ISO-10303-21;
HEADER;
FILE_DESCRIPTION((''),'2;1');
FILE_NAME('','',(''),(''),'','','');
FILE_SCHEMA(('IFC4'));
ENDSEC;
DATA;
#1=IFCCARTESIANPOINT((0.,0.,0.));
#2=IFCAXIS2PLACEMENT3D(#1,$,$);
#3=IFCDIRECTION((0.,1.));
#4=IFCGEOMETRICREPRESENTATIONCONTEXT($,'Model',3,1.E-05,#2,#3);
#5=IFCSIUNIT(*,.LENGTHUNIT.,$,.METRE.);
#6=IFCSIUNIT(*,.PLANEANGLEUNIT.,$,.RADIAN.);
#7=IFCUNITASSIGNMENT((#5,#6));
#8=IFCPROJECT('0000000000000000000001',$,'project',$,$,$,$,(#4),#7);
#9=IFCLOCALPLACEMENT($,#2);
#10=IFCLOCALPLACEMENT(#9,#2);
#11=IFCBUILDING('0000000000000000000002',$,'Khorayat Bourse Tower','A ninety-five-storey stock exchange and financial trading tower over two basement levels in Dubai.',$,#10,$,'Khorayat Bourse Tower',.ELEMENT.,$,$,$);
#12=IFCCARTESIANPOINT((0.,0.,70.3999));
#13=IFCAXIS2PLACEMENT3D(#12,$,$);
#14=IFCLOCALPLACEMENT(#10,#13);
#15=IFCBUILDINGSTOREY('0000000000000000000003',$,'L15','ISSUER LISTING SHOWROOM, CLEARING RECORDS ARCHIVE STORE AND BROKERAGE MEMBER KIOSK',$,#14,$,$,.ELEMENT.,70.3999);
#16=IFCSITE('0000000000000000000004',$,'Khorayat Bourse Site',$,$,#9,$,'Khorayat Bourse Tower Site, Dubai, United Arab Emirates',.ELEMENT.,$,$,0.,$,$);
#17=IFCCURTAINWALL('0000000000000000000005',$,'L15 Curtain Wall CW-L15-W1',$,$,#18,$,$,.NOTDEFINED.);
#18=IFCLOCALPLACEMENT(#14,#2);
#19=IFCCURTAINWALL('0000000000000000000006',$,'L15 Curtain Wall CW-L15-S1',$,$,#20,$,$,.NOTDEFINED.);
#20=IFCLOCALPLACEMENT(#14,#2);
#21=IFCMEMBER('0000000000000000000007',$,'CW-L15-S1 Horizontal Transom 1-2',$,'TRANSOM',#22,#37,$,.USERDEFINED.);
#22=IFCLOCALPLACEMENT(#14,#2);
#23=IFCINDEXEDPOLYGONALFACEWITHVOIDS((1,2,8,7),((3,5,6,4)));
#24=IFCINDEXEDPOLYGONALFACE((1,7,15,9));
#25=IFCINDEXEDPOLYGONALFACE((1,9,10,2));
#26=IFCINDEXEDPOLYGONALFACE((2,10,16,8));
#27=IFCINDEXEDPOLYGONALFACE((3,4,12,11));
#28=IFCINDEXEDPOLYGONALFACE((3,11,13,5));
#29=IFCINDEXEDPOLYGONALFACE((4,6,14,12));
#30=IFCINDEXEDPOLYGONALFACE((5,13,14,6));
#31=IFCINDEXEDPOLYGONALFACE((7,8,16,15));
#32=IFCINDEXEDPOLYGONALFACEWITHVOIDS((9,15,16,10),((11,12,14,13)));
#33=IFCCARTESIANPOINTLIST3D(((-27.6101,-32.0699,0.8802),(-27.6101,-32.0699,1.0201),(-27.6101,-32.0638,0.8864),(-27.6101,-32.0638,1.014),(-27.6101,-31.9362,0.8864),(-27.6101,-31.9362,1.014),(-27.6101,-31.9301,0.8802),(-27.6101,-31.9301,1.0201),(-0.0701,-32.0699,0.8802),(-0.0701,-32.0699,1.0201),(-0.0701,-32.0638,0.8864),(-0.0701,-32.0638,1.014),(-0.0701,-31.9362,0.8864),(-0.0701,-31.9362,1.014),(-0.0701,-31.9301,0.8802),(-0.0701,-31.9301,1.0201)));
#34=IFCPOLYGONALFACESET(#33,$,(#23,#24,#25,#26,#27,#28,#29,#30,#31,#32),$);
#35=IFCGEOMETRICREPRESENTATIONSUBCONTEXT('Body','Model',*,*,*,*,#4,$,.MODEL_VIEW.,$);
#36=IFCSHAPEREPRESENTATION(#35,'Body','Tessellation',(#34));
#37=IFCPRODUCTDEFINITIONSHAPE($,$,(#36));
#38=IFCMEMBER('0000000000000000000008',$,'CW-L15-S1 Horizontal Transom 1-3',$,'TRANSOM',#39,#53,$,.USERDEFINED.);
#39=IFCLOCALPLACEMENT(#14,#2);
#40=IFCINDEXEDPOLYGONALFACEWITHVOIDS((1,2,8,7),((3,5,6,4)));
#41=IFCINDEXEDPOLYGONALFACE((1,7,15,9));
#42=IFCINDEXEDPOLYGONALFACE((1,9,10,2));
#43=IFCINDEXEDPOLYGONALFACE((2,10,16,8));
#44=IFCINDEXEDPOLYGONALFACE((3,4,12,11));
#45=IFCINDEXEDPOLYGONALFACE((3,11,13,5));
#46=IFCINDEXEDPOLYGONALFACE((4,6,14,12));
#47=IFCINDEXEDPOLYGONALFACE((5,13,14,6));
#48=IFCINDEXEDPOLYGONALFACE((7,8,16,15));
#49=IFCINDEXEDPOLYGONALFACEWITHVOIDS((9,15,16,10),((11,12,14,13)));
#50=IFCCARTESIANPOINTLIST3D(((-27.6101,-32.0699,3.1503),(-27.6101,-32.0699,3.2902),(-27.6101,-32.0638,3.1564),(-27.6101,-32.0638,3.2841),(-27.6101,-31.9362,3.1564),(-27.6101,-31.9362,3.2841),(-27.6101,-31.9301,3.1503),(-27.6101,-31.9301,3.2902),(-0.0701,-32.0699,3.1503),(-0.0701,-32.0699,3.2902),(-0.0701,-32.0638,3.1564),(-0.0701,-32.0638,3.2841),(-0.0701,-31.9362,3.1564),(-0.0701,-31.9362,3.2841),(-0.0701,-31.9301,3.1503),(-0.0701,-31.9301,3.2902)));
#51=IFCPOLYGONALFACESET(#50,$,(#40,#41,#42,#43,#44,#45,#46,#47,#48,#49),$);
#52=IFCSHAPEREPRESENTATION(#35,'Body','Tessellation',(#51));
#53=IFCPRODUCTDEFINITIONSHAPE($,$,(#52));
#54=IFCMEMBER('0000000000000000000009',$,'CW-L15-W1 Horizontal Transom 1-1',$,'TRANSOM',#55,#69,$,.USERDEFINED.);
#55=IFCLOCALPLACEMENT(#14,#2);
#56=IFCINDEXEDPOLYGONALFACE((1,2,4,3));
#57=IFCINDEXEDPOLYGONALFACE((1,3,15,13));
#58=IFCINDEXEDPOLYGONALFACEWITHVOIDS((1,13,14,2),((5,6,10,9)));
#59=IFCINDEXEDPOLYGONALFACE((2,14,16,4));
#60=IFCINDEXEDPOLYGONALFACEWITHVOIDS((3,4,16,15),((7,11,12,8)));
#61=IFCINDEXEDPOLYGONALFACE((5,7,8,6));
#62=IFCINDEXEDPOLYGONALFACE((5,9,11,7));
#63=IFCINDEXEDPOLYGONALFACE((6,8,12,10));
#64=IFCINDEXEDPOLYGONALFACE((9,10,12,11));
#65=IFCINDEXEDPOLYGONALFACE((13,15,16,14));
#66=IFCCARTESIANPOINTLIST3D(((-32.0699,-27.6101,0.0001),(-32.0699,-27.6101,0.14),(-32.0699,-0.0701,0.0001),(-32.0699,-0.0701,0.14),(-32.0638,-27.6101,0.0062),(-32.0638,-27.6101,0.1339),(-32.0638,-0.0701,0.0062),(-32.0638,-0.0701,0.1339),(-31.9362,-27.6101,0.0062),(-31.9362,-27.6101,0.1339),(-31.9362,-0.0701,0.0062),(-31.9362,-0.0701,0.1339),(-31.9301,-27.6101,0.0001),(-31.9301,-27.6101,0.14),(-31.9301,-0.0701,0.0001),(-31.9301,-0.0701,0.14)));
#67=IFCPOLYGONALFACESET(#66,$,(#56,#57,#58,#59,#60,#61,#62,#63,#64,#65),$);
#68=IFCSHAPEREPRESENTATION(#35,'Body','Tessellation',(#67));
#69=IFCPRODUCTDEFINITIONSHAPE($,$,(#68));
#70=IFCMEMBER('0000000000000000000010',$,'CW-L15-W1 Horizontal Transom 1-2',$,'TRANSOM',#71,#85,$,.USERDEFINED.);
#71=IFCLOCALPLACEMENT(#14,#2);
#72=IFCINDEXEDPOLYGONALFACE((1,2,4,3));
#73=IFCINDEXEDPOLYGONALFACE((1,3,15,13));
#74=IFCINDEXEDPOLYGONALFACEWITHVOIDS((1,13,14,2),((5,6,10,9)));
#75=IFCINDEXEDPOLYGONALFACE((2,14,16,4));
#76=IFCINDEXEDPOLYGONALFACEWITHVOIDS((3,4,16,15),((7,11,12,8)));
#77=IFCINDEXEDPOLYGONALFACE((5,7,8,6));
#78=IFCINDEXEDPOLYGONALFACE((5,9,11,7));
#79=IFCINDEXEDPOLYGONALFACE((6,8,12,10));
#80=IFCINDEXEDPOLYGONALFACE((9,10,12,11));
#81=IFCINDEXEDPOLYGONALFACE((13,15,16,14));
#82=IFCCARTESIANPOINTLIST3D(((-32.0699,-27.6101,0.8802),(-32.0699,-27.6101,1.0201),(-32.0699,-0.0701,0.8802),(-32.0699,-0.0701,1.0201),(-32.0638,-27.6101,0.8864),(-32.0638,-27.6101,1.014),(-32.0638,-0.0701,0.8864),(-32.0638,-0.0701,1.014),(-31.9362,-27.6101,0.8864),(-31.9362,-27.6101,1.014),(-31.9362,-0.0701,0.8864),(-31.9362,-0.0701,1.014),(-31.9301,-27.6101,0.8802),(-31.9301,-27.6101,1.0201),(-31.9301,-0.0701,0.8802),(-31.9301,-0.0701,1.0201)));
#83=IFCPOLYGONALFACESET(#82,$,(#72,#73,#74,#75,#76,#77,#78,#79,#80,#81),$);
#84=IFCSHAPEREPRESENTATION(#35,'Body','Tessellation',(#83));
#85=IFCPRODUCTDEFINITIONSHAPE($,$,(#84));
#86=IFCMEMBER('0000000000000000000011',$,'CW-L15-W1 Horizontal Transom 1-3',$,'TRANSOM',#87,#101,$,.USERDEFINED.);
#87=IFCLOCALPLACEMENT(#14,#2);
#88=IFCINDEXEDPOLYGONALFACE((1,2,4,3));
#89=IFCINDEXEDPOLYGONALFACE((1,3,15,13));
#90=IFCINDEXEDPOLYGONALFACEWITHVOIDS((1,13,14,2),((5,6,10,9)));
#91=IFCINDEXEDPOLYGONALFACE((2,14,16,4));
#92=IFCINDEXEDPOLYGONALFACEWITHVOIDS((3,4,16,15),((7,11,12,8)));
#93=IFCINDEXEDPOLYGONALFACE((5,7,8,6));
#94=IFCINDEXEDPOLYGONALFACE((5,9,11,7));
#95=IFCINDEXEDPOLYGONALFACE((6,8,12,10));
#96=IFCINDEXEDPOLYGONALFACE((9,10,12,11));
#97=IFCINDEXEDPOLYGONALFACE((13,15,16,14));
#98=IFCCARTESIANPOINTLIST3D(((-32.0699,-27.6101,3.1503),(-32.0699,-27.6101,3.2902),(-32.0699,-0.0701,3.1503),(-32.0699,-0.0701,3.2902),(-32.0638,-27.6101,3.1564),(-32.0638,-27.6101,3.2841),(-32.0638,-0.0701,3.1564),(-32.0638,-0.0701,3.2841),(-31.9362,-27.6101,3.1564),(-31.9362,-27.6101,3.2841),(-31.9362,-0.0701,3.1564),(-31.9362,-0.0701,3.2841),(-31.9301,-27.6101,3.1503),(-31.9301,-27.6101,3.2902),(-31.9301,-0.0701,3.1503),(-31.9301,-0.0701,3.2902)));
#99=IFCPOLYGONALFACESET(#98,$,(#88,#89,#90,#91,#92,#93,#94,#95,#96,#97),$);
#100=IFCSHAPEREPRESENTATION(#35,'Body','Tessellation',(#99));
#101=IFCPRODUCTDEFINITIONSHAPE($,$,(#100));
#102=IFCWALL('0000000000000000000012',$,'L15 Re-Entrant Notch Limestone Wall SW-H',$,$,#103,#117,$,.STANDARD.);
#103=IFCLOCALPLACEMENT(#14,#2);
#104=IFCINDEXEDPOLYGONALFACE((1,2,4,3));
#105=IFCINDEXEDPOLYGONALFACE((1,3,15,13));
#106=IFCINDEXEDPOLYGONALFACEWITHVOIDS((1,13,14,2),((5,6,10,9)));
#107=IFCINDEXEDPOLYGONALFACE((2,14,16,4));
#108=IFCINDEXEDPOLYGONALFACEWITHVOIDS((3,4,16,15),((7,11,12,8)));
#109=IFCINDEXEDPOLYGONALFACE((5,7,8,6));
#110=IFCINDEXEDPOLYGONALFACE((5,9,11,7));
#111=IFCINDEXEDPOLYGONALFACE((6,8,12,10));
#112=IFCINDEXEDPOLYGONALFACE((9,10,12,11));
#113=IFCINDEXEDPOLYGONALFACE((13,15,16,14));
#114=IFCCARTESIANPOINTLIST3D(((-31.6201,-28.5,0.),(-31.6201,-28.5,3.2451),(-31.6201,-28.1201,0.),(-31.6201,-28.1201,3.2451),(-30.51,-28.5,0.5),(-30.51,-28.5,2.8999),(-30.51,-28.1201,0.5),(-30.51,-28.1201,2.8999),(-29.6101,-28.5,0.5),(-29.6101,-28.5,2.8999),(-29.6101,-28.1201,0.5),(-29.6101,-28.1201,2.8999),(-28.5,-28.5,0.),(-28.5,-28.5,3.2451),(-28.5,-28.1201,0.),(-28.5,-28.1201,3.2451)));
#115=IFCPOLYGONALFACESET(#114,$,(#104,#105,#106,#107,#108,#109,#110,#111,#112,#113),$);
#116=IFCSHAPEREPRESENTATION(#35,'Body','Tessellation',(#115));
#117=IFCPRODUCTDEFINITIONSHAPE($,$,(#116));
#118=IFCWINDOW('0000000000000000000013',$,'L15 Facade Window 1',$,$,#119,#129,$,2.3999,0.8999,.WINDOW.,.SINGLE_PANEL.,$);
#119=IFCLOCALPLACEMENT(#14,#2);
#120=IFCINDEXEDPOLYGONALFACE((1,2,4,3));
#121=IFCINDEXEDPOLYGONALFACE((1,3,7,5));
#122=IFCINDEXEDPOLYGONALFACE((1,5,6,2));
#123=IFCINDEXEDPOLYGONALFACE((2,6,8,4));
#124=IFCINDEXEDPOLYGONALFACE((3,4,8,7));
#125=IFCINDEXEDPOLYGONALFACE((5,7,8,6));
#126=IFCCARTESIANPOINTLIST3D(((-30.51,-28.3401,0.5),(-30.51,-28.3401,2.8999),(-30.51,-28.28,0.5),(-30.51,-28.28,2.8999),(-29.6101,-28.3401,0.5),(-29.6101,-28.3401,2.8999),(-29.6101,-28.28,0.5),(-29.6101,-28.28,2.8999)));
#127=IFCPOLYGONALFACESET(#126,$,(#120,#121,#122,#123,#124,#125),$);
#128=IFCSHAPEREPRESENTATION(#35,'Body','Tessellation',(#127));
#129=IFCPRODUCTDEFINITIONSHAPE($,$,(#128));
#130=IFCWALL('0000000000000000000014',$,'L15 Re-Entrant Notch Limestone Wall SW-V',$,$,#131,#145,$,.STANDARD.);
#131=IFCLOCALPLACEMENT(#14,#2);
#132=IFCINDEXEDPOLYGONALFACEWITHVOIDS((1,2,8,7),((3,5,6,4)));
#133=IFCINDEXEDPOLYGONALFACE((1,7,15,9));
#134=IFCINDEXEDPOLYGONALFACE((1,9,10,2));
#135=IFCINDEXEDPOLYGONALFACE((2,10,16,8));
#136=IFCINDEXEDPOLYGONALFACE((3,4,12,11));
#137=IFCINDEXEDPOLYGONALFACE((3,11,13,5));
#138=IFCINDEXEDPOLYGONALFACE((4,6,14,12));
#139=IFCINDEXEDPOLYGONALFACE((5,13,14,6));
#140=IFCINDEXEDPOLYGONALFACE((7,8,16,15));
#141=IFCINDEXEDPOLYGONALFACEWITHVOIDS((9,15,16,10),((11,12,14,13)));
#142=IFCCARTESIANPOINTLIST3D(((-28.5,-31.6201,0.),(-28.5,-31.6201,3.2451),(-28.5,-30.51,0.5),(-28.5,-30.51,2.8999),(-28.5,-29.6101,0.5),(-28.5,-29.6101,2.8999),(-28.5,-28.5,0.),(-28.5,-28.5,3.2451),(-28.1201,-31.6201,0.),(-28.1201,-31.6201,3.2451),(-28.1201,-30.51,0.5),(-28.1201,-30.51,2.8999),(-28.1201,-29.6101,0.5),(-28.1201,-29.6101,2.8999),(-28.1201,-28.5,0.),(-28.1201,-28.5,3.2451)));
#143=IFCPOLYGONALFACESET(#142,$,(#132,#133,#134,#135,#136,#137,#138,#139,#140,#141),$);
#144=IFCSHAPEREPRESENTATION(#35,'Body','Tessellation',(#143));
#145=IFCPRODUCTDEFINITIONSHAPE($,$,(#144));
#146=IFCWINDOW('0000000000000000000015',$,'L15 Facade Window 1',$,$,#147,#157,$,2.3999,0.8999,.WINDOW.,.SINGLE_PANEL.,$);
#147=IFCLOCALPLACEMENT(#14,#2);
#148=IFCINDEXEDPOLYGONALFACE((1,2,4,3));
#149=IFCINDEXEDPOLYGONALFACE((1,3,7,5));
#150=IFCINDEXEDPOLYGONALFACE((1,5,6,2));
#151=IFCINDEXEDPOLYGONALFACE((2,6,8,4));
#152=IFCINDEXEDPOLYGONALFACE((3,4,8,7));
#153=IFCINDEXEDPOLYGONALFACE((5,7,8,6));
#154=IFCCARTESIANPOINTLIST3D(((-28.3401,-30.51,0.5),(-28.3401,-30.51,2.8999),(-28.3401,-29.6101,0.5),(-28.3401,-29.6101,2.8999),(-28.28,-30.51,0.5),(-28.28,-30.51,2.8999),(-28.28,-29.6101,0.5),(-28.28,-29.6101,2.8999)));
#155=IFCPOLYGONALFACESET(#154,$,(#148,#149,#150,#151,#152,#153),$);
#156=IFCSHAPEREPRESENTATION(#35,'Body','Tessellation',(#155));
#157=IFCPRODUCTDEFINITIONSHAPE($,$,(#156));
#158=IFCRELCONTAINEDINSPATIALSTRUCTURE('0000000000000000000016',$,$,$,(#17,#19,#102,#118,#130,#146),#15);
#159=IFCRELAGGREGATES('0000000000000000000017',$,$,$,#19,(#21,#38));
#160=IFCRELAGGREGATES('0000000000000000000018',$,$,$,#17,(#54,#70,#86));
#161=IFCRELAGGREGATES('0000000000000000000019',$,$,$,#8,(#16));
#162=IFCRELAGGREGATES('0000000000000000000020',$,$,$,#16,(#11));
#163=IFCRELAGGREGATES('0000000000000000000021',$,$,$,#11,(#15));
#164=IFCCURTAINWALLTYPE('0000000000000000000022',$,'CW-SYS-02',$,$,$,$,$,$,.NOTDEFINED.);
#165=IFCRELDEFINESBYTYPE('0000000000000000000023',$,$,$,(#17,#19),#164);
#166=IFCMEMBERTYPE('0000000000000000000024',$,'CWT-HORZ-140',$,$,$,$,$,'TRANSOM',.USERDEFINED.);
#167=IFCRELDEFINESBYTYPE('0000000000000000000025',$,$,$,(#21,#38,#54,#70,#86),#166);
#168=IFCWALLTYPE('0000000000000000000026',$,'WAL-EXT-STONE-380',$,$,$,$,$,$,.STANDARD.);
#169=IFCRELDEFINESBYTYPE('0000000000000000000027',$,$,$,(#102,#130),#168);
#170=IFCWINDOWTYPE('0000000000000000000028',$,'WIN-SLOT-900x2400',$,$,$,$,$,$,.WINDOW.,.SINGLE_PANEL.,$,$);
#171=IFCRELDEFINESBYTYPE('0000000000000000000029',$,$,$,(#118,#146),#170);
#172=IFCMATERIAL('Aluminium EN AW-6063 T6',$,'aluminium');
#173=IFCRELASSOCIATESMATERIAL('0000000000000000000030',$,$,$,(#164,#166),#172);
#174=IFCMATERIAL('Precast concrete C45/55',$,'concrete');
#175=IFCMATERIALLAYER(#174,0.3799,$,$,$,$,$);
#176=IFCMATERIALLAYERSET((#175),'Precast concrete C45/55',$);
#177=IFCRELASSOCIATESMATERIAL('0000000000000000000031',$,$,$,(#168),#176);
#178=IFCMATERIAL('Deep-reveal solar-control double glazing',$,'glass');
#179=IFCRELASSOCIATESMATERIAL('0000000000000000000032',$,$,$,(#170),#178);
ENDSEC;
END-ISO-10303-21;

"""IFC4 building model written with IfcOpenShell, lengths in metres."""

from ifc_helpers import new_model, si_unit, direction, frame, frame_2d, origin, origin_2d, place, context, subcontext, project, spatial, rectangle, hollow_rectangle, extrude, source, transform, mapped, material, layer, layer_set, material_profile, profile_set, type_object, element, fill, aggregate, save


model = new_model("IFC4")

# Units and contexts
model_context = context("Model", 3, precision=1e-05, world=origin(), true_north=direction((0.0, 1.0)))
body_context = subcontext(model_context, "Body", "Model", "MODEL_VIEW")
ifc_project = project(units=[si_unit("LENGTHUNIT", "METRE"), si_unit("PLANEANGLEUNIT", "RADIAN")], contexts=[model_context])

# Site, building, storey
site_placement = place(None, origin())
site = spatial("IfcSite", under=ifc_project, at=site_placement, Name="Khorayat Bourse Site", LongName="Khorayat Bourse Tower Site, Dubai, United Arab Emirates", CompositionType="ELEMENT", RefElevation=0.0)
building_placement = place(site_placement, origin())
building = spatial("IfcBuilding", under=site, at=building_placement, Name="Khorayat Bourse Tower", Description="A ninety-five-storey stock exchange and financial trading tower over two basement levels in Dubai.", LongName="Khorayat Bourse Tower", CompositionType="ELEMENT")
storey_placement = place(building_placement, frame((0.0, 0.0, 70.3999)))
storey = spatial("IfcBuildingStorey", under=building, at=storey_placement, Name="L15", Description="ISSUER LISTING SHOWROOM, CLEARING RECORDS ARCHIVE STORE AND BROKERAGE MEMBER KIOSK", CompositionType="ELEMENT", Elevation=70.3999)

# Curtain walls
ifc_material_1 = material(Name="Aluminium EN AW-6063 T6", Category="aluminium")
curtain_wall_type = type_object("IfcCurtainWallType", Name="CW-SYS-02", PredefinedType="NOTDEFINED", material=ifc_material_1)
curtain_wall_1_placement = place(storey_placement, origin())
curtain_wall_1 = element("IfcCurtainWall", 1, at=curtain_wall_1_placement, inside=storey, type_object=curtain_wall_type, Name="L15 Curtain Wall CW-L15-W1", PredefinedType="NOTDEFINED")
curtain_wall_2_placement = place(storey_placement, origin())
curtain_wall_2 = element("IfcCurtainWall", 2, at=curtain_wall_2_placement, inside=storey, type_object=curtain_wall_type, Name="L15 Curtain Wall CW-L15-S1", PredefinedType="NOTDEFINED")

# Members
ifc_material_profile_1 = material_profile(ifc_material_1, hollow_rectangle(XDim=0.1399, YDim=0.1399, WallThickness=0.0061, at=origin_2d()), Name="ALU 140x140x6")
ifc_profile_set_1 = profile_set([ifc_material_profile_1], Name="Aluminium EN AW-6063 T6")
member_type_1 = type_object("IfcMemberType", Name="CWT-HORZ-140", ElementType="TRANSOM", PredefinedType="USERDEFINED", material=ifc_profile_set_1)
shared_shape_1 = source(origin(), body_context, "Body", "SweptSolid", [
    extrude(hollow_rectangle(XDim=0.1399, YDim=0.1399, WallThickness=0.0061, at=origin_2d()), origin(), (0.0, 0.0, 1.0), 27.54),
])
member_1_placement = place(storey_placement, frame((-27.6101, -32.0, 0.9502), z_axis=(1.0, 0.0, 0.0), x_axis=(0.0, 1.0, 0.0)))
member_1 = element("IfcMember", 3, at=member_1_placement, type_object=member_type_1, Name="CW-L15-S1 Horizontal Transom 1-2", ObjectType="TRANSOM", PredefinedType="USERDEFINED", context=body_context, shape_type="MappedRepresentation", body=[
    mapped(shared_shape_1, transform((0.0, 0.0, 0.0), scale=1.0)),
])
member_2_placement = place(storey_placement, frame((-27.6101, -32.0, 3.2202), z_axis=(1.0, 0.0, 0.0), x_axis=(0.0, 1.0, 0.0)))
member_2 = element("IfcMember", 4, at=member_2_placement, type_object=member_type_1, Name="CW-L15-S1 Horizontal Transom 1-3", ObjectType="TRANSOM", PredefinedType="USERDEFINED", context=body_context, shape_type="MappedRepresentation", body=[
    mapped(shared_shape_1, transform((0.0, 0.0, 0.0), scale=1.0)),
])
aggregate(curtain_wall_2, [member_1, member_2])
member_3_placement = place(storey_placement, frame((-32.0, -27.6101, 0.0701), z_axis=(0.0, 1.0, 0.0), x_axis=(-1.0, 0.0, 0.0)))
member_3 = element("IfcMember", 5, at=member_3_placement, type_object=member_type_1, Name="CW-L15-W1 Horizontal Transom 1-1", ObjectType="TRANSOM", PredefinedType="USERDEFINED", context=body_context, shape_type="MappedRepresentation", body=[
    mapped(shared_shape_1, transform((0.0, 0.0, 0.0), scale=1.0)),
])
member_4_placement = place(storey_placement, frame((-32.0, -27.6101, 0.9502), z_axis=(0.0, 1.0, 0.0), x_axis=(-1.0, 0.0, 0.0)))
member_4 = element("IfcMember", 6, at=member_4_placement, type_object=member_type_1, Name="CW-L15-W1 Horizontal Transom 1-2", ObjectType="TRANSOM", PredefinedType="USERDEFINED", context=body_context, shape_type="MappedRepresentation", body=[
    mapped(shared_shape_1, transform((0.0, 0.0, 0.0), scale=1.0)),
])
member_5_placement = place(storey_placement, frame((-32.0, -27.6101, 3.2202), z_axis=(0.0, 1.0, 0.0), x_axis=(-1.0, 0.0, 0.0)))
member_5 = element("IfcMember", 7, at=member_5_placement, type_object=member_type_1, Name="CW-L15-W1 Horizontal Transom 1-3", ObjectType="TRANSOM", PredefinedType="USERDEFINED", context=body_context, shape_type="MappedRepresentation", body=[
    mapped(shared_shape_1, transform((0.0, 0.0, 0.0), scale=1.0)),
])
aggregate(curtain_wall_1, [member_3, member_4, member_5])

# Walls, openings, windows
ifc_material_2 = material(Name="Precast concrete C45/55", Category="concrete")
ifc_layer_1 = layer(ifc_material_2, 0.3799)
ifc_layer_set_1 = layer_set([ifc_layer_1], Name="Precast concrete C45/55")
wall_type_1 = type_object("IfcWallType", Name="WAL-EXT-STONE-380", PredefinedType="STANDARD", material=ifc_layer_set_1)
shared_shape_2 = source(origin(), body_context, "Body", "SweptSolid", [
    extrude(rectangle(XDim=3.1201, YDim=0.3799, at=frame_2d((1.5601, 0.0))), origin(), (0.0, 0.0, 1.0), 3.2451),
])
wall_1_placement = place(storey_placement, frame((-28.5, -28.3101, 0.0), z_axis=(0.0, 0.0, 1.0), x_axis=(-1.0, 0.0, 0.0)))
wall_1 = element("IfcWall", 8, at=wall_1_placement, inside=storey, type_object=wall_type_1, Name="L15 Re-Entrant Notch Limestone Wall SW-H", PredefinedType="STANDARD", context=body_context, shape_type="MappedRepresentation", body=[
    mapped(shared_shape_2, transform((0.0, 0.0, 0.0), scale=1.0)),
])
shared_shape_3 = source(origin(), body_context, "Body", "SweptSolid", [
    extrude(rectangle(XDim=0.8999, YDim=2.3999, at=frame_2d((0.45, 1.2))), frame((0.0, 0.2, 0.0), z_axis=(0.0, -1.0, 0.0), x_axis=(1.0, 0.0, 0.0)), (0.0, 0.0, 1.0), 0.3999),
])
opening_1_placement = place(wall_1_placement, frame((1.1101, 0.0, 0.5)))
opening_1 = element("IfcOpeningElement", 9, at=opening_1_placement, cuts=wall_1, PredefinedType="OPENING", context=body_context, shape_type="MappedRepresentation", body=[
    mapped(shared_shape_3, transform((0.0, 0.0, 0.0), scale=1.0)),
])
ifc_material_3 = material(Name="Deep-reveal solar-control double glazing", Category="glass")
window_type = type_object("IfcWindowType", Name="WIN-SLOT-900x2400", PartitioningType="SINGLE_PANEL", PredefinedType="WINDOW", material=ifc_material_3)
shared_shape_4 = source(origin(), body_context, "Body", "SweptSolid", [
    extrude(rectangle(XDim=0.8999, YDim=2.3999, at=frame_2d((0.45, 1.2))), frame((0.0, 0.03, 0.0), z_axis=(0.0, -1.0, 0.0), x_axis=(1.0, 0.0, 0.0)), (0.0, 0.0, 1.0), 0.0601),
])
window_1_placement = place(opening_1_placement, origin())
window_1 = element("IfcWindow", 10, at=window_1_placement, inside=storey, type_object=window_type, Name="L15 Facade Window 1", OverallHeight=2.3999, OverallWidth=0.8999, PartitioningType="SINGLE_PANEL", PredefinedType="WINDOW", context=body_context, shape_type="MappedRepresentation", body=[
    mapped(shared_shape_4, transform((0.0, 0.0, 0.0), scale=1.0)),
])
fill(opening_1, window_1)
wall_2_placement = place(storey_placement, frame((-28.3101, -31.6201, 0.0), z_axis=(0.0, 0.0, 1.0), x_axis=(0.0, 1.0, 0.0)))
wall_2 = element("IfcWall", 11, at=wall_2_placement, inside=storey, type_object=wall_type_1, Name="L15 Re-Entrant Notch Limestone Wall SW-V", PredefinedType="STANDARD", context=body_context, shape_type="MappedRepresentation", body=[
    mapped(shared_shape_2, transform((0.0, 0.0, 0.0), scale=1.0)),
])
opening_2_placement = place(wall_2_placement, frame((1.1101, 0.0, 0.5)))
opening_2 = element("IfcOpeningElement", 12, at=opening_2_placement, cuts=wall_2, PredefinedType="OPENING", context=body_context, shape_type="MappedRepresentation", body=[
    mapped(shared_shape_3, transform((0.0, 0.0, 0.0), scale=1.0)),
])
window_2_placement = place(opening_2_placement, origin())
window_2 = element("IfcWindow", 13, at=window_2_placement, inside=storey, type_object=window_type, Name="L15 Facade Window 1", OverallHeight=2.3999, OverallWidth=0.8999, PartitioningType="SINGLE_PANEL", PredefinedType="WINDOW", context=body_context, shape_type="MappedRepresentation", body=[
    mapped(shared_shape_4, transform((0.0, 0.0, 0.0), scale=1.0)),
])
fill(opening_2, window_2)

save(model, "model.ifc")
